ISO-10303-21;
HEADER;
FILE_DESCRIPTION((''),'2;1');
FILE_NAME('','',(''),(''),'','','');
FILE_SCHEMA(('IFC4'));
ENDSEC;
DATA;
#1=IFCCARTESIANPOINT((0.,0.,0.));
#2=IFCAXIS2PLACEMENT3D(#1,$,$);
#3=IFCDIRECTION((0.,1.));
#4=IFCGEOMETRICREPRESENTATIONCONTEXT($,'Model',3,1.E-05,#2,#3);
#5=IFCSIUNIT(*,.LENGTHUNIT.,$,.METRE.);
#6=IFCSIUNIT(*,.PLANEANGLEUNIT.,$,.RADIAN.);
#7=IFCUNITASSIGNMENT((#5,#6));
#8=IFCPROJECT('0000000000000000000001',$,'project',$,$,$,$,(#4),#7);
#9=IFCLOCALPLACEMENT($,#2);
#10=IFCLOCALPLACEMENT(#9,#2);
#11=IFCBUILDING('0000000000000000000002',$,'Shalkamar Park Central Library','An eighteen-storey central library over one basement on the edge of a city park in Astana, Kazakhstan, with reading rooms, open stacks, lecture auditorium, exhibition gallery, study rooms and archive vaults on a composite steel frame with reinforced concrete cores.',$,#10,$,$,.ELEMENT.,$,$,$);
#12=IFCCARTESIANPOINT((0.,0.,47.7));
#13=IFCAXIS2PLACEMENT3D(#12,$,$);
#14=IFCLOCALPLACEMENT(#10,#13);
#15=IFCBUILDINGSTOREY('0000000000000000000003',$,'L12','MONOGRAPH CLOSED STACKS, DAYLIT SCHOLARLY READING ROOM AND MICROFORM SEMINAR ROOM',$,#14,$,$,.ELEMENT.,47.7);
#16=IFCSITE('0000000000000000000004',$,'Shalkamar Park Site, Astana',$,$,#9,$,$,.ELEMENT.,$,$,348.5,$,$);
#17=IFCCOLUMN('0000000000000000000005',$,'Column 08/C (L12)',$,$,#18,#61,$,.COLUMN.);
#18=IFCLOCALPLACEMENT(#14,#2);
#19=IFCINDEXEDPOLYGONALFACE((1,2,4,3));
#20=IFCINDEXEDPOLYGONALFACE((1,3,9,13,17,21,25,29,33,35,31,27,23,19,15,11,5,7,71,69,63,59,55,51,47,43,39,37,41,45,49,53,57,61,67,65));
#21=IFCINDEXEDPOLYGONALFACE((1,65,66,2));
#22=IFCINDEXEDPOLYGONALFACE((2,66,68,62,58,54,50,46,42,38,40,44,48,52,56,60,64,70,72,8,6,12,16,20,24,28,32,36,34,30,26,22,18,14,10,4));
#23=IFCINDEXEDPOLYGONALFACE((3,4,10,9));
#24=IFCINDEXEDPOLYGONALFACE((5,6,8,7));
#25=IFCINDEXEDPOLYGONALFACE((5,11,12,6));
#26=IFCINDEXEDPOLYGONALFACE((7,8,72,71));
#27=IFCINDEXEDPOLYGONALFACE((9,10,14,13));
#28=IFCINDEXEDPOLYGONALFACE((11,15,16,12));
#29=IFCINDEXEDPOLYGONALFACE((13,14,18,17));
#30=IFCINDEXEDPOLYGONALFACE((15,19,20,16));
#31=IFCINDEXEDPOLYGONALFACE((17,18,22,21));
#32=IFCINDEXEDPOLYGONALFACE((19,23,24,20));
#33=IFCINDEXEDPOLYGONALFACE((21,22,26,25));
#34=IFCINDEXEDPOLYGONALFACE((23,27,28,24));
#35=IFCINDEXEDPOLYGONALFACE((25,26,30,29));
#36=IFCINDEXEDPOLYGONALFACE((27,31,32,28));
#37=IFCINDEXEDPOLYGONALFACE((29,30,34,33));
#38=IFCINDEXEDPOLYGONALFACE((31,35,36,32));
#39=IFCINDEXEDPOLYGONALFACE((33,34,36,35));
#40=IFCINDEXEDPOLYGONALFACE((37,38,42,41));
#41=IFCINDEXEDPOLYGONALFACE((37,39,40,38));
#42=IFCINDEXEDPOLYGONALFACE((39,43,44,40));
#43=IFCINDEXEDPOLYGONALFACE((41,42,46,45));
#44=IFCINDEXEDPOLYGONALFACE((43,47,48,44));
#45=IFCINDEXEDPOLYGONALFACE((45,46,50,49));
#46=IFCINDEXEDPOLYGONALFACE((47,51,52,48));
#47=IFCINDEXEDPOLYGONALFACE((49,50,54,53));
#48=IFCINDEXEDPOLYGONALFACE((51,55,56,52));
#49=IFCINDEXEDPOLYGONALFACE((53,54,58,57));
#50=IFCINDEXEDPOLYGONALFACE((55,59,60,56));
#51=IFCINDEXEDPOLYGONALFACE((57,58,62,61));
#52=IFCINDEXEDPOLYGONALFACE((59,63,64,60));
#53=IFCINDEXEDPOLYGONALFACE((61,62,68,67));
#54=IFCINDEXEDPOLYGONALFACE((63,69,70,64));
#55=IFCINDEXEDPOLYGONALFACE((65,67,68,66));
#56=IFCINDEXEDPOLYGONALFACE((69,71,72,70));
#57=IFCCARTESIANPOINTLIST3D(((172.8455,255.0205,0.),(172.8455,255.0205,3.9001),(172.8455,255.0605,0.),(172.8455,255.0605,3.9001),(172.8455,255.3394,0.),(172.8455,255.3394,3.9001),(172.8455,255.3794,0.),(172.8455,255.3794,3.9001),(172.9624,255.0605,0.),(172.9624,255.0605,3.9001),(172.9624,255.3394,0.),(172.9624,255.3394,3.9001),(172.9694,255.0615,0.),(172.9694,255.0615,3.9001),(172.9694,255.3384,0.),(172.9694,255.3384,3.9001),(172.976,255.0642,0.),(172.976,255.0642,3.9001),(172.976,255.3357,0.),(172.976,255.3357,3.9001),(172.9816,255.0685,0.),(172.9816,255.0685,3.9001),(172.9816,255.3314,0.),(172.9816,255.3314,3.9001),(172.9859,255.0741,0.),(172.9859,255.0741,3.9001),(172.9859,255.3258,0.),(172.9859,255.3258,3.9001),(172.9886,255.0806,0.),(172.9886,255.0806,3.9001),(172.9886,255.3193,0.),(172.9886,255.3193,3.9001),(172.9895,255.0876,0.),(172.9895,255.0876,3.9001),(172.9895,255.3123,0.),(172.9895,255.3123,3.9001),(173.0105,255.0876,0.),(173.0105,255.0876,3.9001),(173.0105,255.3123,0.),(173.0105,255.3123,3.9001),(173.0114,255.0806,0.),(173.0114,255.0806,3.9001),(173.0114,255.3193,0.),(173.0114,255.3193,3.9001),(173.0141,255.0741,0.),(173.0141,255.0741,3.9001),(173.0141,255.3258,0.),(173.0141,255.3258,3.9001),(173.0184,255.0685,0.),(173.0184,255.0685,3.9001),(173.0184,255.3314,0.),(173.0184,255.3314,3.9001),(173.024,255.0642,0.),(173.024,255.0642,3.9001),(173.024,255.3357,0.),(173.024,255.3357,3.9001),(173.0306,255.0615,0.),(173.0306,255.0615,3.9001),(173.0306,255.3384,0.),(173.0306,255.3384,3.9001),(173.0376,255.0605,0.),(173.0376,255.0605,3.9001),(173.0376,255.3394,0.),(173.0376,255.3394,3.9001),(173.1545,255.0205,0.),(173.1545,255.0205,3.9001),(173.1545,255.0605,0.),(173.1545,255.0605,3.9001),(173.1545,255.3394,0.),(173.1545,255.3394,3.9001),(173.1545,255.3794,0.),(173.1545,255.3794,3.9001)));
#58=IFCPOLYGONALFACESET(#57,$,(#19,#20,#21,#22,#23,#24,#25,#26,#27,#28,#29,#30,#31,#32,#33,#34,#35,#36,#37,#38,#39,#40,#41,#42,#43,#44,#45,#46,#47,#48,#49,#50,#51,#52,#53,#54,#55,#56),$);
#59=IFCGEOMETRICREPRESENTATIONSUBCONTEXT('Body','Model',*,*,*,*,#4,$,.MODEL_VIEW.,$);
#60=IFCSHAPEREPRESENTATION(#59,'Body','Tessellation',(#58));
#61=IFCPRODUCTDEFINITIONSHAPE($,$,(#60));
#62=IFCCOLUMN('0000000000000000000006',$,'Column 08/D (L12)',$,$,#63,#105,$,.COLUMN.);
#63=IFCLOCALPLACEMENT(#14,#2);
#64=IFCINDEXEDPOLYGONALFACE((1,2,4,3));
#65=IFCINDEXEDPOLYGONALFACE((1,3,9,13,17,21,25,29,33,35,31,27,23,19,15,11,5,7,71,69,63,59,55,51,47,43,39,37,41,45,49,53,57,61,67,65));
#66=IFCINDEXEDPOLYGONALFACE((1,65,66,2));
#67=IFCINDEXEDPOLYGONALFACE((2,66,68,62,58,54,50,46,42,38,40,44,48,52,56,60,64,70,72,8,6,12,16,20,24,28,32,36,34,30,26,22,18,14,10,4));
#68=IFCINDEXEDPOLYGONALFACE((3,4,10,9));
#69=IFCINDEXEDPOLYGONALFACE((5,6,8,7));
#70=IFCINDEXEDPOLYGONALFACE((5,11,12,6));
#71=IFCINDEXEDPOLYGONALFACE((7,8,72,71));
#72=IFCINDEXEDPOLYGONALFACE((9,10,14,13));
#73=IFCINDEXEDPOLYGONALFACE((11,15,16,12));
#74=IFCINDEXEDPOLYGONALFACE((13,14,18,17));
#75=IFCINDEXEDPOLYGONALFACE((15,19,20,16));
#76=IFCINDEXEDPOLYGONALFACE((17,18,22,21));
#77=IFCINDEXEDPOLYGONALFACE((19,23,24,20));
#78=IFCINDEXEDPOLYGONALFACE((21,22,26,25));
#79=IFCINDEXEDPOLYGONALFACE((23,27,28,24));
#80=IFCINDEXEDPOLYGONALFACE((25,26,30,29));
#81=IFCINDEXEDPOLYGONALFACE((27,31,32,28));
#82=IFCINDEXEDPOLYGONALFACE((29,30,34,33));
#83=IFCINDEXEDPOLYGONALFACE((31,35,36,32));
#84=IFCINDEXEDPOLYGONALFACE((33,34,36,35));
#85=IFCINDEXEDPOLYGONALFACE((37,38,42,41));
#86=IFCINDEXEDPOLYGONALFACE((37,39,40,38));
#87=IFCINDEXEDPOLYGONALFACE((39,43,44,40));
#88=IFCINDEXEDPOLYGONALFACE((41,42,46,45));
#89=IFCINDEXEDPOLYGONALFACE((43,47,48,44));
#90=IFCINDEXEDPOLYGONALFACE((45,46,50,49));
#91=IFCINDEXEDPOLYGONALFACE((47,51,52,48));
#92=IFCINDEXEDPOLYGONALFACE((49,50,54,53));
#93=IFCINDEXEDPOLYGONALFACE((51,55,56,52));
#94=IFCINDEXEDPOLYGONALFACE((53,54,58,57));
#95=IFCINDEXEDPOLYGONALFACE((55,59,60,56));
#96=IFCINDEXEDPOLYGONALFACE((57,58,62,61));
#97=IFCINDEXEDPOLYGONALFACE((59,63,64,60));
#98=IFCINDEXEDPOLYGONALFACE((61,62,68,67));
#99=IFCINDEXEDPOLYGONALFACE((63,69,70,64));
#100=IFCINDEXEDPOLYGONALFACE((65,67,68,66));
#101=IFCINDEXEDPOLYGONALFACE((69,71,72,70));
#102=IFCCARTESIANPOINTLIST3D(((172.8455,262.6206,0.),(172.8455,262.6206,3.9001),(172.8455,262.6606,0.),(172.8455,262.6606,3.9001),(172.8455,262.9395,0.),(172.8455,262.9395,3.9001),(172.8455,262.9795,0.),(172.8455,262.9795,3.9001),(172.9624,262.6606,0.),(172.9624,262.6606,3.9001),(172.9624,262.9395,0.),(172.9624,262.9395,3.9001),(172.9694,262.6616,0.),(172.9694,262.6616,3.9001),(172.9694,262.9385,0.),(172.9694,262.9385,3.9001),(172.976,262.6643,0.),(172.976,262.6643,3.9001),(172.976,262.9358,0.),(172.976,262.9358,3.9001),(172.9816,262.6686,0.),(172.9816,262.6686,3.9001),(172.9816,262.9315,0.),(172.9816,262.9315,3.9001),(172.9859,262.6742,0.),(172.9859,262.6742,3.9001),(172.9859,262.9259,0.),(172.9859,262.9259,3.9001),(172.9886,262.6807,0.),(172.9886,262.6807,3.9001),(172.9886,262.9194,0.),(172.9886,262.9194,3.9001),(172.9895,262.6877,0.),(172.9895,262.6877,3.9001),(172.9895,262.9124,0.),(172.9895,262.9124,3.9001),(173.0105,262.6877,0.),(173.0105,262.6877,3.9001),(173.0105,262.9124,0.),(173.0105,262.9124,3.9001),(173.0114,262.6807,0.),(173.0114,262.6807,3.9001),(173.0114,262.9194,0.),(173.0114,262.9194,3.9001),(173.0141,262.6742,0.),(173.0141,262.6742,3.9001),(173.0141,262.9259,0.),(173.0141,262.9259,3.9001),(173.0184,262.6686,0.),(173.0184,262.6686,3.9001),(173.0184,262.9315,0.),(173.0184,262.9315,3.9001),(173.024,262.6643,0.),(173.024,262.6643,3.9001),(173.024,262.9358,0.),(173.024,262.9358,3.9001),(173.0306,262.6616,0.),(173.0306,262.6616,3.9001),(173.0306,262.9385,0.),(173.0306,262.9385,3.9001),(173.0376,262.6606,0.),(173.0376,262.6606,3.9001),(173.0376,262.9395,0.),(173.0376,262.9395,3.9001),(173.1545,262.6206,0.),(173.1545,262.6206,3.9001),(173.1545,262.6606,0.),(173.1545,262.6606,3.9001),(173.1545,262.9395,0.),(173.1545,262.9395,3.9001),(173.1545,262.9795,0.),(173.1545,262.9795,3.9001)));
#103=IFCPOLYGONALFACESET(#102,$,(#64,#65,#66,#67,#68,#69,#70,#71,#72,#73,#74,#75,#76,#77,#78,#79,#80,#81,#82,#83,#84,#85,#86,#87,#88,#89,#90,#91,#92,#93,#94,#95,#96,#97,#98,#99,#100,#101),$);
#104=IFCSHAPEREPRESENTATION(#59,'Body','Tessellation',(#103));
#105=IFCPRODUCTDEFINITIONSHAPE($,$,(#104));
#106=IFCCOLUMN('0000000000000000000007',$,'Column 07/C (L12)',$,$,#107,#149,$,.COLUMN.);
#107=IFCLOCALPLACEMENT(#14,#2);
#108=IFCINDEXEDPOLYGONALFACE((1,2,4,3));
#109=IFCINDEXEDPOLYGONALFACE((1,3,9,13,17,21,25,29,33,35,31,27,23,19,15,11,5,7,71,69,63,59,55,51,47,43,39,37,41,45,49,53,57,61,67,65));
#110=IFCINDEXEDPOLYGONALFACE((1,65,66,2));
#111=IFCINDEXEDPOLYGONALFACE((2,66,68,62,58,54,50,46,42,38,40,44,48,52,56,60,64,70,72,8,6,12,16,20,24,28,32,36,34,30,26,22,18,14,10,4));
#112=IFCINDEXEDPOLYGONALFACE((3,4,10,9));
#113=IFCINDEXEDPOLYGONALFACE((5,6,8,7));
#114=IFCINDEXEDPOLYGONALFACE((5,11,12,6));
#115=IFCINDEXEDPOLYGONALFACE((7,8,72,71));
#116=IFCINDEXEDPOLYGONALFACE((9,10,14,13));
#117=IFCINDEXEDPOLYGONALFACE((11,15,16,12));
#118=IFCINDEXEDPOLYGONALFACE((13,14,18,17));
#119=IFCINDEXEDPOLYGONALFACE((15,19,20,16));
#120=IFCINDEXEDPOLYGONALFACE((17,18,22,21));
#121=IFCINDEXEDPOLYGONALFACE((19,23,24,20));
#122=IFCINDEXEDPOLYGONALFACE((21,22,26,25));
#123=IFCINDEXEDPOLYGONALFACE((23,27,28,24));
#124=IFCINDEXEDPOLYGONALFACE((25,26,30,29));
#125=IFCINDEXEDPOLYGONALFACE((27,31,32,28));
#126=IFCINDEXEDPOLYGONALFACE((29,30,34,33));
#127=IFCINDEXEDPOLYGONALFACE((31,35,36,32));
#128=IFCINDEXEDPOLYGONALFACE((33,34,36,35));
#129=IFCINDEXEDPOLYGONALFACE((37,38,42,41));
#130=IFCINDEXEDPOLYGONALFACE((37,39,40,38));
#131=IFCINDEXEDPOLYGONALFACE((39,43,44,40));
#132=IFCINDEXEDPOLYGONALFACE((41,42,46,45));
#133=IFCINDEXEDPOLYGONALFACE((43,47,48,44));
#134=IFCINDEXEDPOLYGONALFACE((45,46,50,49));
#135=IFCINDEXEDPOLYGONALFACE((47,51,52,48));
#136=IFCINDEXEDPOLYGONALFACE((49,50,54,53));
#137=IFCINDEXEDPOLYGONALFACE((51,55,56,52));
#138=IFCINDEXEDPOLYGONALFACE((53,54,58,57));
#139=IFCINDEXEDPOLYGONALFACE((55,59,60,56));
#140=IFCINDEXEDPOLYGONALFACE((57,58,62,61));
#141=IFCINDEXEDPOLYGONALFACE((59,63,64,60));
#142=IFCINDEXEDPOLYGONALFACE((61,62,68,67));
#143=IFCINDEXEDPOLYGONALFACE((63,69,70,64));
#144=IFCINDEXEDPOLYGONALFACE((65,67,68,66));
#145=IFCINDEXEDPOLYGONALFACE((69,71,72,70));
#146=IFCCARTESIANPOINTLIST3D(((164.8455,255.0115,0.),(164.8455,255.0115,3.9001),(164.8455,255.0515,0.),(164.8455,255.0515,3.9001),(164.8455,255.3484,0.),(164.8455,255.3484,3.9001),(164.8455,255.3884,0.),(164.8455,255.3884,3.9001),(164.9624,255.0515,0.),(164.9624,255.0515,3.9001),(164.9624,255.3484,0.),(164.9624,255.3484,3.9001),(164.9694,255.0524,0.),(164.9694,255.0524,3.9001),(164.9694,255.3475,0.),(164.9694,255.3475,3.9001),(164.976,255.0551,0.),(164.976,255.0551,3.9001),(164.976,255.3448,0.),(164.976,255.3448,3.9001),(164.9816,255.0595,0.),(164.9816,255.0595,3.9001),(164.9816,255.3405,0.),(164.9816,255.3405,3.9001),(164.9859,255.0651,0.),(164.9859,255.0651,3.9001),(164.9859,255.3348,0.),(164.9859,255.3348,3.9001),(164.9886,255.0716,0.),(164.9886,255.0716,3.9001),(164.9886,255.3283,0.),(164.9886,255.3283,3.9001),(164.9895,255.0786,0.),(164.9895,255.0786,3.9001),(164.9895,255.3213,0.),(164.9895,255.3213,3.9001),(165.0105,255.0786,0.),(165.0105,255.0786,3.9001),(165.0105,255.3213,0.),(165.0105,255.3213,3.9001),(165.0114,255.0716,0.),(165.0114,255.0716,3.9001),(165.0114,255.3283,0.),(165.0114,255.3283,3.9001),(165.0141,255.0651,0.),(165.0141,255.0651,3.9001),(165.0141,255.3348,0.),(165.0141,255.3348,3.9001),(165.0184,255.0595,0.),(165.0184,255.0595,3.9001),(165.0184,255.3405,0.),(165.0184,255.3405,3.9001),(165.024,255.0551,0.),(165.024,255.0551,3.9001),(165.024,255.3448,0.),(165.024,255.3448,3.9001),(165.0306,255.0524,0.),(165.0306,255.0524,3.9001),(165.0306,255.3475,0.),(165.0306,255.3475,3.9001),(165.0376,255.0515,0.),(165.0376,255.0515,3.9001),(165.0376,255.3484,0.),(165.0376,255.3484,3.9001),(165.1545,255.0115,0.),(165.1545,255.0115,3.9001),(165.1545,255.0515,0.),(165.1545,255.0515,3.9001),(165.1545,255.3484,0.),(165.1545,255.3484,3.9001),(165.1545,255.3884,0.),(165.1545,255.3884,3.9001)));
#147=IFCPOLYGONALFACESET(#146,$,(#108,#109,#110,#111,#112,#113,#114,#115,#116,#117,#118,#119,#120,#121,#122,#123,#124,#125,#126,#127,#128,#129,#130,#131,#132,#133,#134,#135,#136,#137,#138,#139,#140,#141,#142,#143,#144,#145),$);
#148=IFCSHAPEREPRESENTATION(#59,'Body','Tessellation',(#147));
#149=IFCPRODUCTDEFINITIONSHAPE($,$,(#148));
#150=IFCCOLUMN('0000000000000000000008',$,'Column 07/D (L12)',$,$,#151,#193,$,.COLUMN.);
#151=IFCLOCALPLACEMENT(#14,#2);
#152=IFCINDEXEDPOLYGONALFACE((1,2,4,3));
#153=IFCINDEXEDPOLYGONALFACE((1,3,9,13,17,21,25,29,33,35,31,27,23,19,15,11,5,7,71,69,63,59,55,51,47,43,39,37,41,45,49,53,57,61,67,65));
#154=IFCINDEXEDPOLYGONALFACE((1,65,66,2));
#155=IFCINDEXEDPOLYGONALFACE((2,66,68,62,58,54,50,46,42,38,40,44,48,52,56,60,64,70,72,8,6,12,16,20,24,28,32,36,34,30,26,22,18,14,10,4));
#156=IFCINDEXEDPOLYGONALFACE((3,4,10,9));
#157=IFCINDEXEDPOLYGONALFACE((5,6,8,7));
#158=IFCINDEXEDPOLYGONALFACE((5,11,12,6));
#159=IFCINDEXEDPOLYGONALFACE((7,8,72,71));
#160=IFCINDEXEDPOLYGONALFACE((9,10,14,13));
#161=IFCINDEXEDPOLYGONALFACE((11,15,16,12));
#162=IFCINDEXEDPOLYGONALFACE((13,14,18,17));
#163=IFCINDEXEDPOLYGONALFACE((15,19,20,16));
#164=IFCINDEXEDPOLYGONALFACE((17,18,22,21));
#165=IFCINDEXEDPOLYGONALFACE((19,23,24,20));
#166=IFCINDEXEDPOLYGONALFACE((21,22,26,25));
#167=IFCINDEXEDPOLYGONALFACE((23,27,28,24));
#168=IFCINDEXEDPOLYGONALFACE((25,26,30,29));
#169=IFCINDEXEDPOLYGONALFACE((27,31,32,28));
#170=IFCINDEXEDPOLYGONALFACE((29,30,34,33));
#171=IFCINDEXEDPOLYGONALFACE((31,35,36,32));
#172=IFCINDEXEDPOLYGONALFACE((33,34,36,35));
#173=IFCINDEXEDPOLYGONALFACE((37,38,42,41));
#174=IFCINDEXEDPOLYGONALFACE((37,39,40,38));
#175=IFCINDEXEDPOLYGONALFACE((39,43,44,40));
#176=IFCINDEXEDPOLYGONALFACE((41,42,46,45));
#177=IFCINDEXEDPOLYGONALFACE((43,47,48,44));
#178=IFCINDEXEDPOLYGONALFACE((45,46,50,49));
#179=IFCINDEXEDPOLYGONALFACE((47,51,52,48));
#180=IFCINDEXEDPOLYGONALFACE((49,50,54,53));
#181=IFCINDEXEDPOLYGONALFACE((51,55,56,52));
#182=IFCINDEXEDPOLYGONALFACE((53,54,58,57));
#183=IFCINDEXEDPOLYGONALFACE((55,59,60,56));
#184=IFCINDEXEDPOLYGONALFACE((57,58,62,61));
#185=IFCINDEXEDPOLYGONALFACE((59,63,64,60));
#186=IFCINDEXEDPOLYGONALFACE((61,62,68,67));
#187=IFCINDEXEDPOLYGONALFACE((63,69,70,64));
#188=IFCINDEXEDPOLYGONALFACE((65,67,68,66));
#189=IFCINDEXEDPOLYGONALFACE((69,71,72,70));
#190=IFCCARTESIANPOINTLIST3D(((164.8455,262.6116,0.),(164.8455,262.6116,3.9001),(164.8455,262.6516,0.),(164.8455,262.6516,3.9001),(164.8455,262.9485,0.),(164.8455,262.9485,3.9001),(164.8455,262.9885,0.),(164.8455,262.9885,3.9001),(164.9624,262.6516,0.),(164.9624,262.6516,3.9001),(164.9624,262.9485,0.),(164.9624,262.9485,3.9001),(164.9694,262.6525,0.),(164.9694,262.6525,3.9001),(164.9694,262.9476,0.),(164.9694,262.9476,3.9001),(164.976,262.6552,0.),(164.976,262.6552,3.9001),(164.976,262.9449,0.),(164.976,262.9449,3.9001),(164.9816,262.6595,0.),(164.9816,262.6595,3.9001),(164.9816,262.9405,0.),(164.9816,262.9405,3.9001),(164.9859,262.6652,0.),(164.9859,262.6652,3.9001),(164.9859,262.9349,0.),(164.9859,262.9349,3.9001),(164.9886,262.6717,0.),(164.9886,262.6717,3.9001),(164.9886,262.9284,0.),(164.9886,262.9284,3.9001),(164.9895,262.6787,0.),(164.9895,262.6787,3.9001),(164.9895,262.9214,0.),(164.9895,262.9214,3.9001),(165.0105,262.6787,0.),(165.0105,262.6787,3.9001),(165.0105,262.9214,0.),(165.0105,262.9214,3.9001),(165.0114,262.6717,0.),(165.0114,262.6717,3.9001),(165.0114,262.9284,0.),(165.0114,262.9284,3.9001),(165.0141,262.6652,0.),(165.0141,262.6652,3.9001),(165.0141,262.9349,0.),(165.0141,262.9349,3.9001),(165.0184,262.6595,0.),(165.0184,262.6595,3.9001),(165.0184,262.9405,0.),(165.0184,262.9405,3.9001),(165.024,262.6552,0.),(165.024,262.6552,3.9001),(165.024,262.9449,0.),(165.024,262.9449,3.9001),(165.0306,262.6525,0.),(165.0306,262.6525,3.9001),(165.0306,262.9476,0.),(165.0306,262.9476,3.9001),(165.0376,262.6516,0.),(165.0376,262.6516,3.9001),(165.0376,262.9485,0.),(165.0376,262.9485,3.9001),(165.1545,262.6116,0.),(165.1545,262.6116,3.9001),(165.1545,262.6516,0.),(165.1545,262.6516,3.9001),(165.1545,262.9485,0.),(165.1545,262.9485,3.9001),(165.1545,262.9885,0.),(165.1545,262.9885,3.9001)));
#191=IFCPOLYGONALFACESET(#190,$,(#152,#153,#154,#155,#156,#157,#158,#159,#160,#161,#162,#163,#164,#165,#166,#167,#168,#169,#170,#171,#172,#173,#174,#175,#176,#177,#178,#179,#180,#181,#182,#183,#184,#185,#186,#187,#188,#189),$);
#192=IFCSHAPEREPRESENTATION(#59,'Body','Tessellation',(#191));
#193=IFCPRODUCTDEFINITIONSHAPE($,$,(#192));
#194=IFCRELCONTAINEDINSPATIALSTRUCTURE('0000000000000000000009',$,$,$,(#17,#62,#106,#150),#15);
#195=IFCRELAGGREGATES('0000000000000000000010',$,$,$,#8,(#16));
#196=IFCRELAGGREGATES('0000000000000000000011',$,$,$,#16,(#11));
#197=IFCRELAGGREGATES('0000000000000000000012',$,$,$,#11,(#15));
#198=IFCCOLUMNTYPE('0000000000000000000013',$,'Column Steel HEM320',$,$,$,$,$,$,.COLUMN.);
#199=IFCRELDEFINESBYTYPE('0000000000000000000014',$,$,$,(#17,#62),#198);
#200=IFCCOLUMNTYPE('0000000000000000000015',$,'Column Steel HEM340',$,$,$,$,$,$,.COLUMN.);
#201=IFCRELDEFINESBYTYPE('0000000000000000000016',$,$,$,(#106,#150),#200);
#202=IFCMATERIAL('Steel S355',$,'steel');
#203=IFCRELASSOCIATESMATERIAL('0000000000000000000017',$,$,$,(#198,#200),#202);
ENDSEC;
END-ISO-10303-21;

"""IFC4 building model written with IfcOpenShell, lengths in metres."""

from ifc_helpers import new_model, si_unit, direction, frame, origin, origin_2d, place, context, subcontext, project, spatial, i_section, extrude, material, material_profile, profile_set, type_object, element, save


model = new_model("IFC4")

# Units and contexts
model_context = context("Model", 3, precision=1e-05, world=origin(), true_north=direction((0.0, 1.0)))
body_context = subcontext(model_context, "Body", "Model", "MODEL_VIEW")
ifc_project = project(units=[si_unit("LENGTHUNIT", "METRE"), si_unit("PLANEANGLEUNIT", "RADIAN")], contexts=[model_context])

# Site, building, storey
site_placement = place(None, origin())
site = spatial("IfcSite", under=ifc_project, at=site_placement, Name="Shalkamar Park Site, Astana", CompositionType="ELEMENT", RefElevation=348.5)
building_placement = place(site_placement, origin())
building = spatial("IfcBuilding", under=site, at=building_placement, Name="Shalkamar Park Central Library", Description="An eighteen-storey central library over one basement on the edge of a city park in Astana, Kazakhstan, with reading rooms, open stacks, lecture auditorium, exhibition gallery, study rooms and archive vaults on a composite steel frame with reinforced concrete cores.", CompositionType="ELEMENT")
storey_placement = place(building_placement, frame((0.0, 0.0, 47.7)))
storey = spatial("IfcBuildingStorey", under=building, at=storey_placement, Name="L12", Description="MONOGRAPH CLOSED STACKS, DAYLIT SCHOLARLY READING ROOM AND MICROFORM SEMINAR ROOM", CompositionType="ELEMENT", Elevation=47.7)

# Columns
ifc_material_1 = material(Name="Steel S355", Category="steel")
ifc_material_profile_1 = material_profile(ifc_material_1, i_section(OverallWidth=0.3091, OverallDepth=0.3589, WebThickness=0.021, FlangeThickness=0.04, FilletRadius=0.0271, at=origin_2d()), Name="HEM 320")
ifc_profile_set_1 = profile_set([ifc_material_profile_1], Name="Steel S355")
column_type_1 = type_object("IfcColumnType", Name="Column Steel HEM320", PredefinedType="COLUMN", material=ifc_profile_set_1)
for number, where, z_axis, x_axis, name in (
    (1, (173.0, 255.2, 0.0), (0.0, 0.0, 1.0), (1.0, 0.0, 0.0), "Column 08/C (L12)"),
    (2, (173.0, 262.8, 0.0), (0.0, 0.0, 1.0), (1.0, 0.0, 0.0), "Column 08/D (L12)"),
):
    element("IfcColumn", number, at=place(storey_placement, frame(where, z_axis=z_axis, x_axis=x_axis)), inside=storey, type_object=column_type_1, Name=name, PredefinedType="COLUMN", context=body_context, shape_type="SweptSolid", body=[
        extrude(i_section(OverallWidth=0.3091, OverallDepth=0.3589, WebThickness=0.021, FlangeThickness=0.04, FilletRadius=0.0271, at=origin_2d()), origin(), (0.0, 0.0, 1.0), 3.9001),
    ])
ifc_material_profile_2 = material_profile(ifc_material_1, i_section(OverallWidth=0.3091, OverallDepth=0.377, WebThickness=0.021, FlangeThickness=0.04, FilletRadius=0.0271, at=origin_2d()), Name="HEM 340")
ifc_profile_set_2 = profile_set([ifc_material_profile_2], Name="Steel S355")
column_type_2 = type_object("IfcColumnType", Name="Column Steel HEM340", PredefinedType="COLUMN", material=ifc_profile_set_2)
for number, where, z_axis, x_axis, name in (
    (3, (165.0, 255.2, 0.0), (0.0, 0.0, 1.0), (1.0, 0.0, 0.0), "Column 07/C (L12)"),
    (4, (165.0, 262.8, 0.0), (0.0, 0.0, 1.0), (1.0, 0.0, 0.0), "Column 07/D (L12)"),
):
    element("IfcColumn", number, at=place(storey_placement, frame(where, z_axis=z_axis, x_axis=x_axis)), inside=storey, type_object=column_type_2, Name=name, PredefinedType="COLUMN", context=body_context, shape_type="SweptSolid", body=[
        extrude(i_section(OverallWidth=0.3091, OverallDepth=0.377, WebThickness=0.021, FlangeThickness=0.04, FilletRadius=0.0271, at=origin_2d()), origin(), (0.0, 0.0, 1.0), 3.9001),
    ])

save(model, "model.ifc")
